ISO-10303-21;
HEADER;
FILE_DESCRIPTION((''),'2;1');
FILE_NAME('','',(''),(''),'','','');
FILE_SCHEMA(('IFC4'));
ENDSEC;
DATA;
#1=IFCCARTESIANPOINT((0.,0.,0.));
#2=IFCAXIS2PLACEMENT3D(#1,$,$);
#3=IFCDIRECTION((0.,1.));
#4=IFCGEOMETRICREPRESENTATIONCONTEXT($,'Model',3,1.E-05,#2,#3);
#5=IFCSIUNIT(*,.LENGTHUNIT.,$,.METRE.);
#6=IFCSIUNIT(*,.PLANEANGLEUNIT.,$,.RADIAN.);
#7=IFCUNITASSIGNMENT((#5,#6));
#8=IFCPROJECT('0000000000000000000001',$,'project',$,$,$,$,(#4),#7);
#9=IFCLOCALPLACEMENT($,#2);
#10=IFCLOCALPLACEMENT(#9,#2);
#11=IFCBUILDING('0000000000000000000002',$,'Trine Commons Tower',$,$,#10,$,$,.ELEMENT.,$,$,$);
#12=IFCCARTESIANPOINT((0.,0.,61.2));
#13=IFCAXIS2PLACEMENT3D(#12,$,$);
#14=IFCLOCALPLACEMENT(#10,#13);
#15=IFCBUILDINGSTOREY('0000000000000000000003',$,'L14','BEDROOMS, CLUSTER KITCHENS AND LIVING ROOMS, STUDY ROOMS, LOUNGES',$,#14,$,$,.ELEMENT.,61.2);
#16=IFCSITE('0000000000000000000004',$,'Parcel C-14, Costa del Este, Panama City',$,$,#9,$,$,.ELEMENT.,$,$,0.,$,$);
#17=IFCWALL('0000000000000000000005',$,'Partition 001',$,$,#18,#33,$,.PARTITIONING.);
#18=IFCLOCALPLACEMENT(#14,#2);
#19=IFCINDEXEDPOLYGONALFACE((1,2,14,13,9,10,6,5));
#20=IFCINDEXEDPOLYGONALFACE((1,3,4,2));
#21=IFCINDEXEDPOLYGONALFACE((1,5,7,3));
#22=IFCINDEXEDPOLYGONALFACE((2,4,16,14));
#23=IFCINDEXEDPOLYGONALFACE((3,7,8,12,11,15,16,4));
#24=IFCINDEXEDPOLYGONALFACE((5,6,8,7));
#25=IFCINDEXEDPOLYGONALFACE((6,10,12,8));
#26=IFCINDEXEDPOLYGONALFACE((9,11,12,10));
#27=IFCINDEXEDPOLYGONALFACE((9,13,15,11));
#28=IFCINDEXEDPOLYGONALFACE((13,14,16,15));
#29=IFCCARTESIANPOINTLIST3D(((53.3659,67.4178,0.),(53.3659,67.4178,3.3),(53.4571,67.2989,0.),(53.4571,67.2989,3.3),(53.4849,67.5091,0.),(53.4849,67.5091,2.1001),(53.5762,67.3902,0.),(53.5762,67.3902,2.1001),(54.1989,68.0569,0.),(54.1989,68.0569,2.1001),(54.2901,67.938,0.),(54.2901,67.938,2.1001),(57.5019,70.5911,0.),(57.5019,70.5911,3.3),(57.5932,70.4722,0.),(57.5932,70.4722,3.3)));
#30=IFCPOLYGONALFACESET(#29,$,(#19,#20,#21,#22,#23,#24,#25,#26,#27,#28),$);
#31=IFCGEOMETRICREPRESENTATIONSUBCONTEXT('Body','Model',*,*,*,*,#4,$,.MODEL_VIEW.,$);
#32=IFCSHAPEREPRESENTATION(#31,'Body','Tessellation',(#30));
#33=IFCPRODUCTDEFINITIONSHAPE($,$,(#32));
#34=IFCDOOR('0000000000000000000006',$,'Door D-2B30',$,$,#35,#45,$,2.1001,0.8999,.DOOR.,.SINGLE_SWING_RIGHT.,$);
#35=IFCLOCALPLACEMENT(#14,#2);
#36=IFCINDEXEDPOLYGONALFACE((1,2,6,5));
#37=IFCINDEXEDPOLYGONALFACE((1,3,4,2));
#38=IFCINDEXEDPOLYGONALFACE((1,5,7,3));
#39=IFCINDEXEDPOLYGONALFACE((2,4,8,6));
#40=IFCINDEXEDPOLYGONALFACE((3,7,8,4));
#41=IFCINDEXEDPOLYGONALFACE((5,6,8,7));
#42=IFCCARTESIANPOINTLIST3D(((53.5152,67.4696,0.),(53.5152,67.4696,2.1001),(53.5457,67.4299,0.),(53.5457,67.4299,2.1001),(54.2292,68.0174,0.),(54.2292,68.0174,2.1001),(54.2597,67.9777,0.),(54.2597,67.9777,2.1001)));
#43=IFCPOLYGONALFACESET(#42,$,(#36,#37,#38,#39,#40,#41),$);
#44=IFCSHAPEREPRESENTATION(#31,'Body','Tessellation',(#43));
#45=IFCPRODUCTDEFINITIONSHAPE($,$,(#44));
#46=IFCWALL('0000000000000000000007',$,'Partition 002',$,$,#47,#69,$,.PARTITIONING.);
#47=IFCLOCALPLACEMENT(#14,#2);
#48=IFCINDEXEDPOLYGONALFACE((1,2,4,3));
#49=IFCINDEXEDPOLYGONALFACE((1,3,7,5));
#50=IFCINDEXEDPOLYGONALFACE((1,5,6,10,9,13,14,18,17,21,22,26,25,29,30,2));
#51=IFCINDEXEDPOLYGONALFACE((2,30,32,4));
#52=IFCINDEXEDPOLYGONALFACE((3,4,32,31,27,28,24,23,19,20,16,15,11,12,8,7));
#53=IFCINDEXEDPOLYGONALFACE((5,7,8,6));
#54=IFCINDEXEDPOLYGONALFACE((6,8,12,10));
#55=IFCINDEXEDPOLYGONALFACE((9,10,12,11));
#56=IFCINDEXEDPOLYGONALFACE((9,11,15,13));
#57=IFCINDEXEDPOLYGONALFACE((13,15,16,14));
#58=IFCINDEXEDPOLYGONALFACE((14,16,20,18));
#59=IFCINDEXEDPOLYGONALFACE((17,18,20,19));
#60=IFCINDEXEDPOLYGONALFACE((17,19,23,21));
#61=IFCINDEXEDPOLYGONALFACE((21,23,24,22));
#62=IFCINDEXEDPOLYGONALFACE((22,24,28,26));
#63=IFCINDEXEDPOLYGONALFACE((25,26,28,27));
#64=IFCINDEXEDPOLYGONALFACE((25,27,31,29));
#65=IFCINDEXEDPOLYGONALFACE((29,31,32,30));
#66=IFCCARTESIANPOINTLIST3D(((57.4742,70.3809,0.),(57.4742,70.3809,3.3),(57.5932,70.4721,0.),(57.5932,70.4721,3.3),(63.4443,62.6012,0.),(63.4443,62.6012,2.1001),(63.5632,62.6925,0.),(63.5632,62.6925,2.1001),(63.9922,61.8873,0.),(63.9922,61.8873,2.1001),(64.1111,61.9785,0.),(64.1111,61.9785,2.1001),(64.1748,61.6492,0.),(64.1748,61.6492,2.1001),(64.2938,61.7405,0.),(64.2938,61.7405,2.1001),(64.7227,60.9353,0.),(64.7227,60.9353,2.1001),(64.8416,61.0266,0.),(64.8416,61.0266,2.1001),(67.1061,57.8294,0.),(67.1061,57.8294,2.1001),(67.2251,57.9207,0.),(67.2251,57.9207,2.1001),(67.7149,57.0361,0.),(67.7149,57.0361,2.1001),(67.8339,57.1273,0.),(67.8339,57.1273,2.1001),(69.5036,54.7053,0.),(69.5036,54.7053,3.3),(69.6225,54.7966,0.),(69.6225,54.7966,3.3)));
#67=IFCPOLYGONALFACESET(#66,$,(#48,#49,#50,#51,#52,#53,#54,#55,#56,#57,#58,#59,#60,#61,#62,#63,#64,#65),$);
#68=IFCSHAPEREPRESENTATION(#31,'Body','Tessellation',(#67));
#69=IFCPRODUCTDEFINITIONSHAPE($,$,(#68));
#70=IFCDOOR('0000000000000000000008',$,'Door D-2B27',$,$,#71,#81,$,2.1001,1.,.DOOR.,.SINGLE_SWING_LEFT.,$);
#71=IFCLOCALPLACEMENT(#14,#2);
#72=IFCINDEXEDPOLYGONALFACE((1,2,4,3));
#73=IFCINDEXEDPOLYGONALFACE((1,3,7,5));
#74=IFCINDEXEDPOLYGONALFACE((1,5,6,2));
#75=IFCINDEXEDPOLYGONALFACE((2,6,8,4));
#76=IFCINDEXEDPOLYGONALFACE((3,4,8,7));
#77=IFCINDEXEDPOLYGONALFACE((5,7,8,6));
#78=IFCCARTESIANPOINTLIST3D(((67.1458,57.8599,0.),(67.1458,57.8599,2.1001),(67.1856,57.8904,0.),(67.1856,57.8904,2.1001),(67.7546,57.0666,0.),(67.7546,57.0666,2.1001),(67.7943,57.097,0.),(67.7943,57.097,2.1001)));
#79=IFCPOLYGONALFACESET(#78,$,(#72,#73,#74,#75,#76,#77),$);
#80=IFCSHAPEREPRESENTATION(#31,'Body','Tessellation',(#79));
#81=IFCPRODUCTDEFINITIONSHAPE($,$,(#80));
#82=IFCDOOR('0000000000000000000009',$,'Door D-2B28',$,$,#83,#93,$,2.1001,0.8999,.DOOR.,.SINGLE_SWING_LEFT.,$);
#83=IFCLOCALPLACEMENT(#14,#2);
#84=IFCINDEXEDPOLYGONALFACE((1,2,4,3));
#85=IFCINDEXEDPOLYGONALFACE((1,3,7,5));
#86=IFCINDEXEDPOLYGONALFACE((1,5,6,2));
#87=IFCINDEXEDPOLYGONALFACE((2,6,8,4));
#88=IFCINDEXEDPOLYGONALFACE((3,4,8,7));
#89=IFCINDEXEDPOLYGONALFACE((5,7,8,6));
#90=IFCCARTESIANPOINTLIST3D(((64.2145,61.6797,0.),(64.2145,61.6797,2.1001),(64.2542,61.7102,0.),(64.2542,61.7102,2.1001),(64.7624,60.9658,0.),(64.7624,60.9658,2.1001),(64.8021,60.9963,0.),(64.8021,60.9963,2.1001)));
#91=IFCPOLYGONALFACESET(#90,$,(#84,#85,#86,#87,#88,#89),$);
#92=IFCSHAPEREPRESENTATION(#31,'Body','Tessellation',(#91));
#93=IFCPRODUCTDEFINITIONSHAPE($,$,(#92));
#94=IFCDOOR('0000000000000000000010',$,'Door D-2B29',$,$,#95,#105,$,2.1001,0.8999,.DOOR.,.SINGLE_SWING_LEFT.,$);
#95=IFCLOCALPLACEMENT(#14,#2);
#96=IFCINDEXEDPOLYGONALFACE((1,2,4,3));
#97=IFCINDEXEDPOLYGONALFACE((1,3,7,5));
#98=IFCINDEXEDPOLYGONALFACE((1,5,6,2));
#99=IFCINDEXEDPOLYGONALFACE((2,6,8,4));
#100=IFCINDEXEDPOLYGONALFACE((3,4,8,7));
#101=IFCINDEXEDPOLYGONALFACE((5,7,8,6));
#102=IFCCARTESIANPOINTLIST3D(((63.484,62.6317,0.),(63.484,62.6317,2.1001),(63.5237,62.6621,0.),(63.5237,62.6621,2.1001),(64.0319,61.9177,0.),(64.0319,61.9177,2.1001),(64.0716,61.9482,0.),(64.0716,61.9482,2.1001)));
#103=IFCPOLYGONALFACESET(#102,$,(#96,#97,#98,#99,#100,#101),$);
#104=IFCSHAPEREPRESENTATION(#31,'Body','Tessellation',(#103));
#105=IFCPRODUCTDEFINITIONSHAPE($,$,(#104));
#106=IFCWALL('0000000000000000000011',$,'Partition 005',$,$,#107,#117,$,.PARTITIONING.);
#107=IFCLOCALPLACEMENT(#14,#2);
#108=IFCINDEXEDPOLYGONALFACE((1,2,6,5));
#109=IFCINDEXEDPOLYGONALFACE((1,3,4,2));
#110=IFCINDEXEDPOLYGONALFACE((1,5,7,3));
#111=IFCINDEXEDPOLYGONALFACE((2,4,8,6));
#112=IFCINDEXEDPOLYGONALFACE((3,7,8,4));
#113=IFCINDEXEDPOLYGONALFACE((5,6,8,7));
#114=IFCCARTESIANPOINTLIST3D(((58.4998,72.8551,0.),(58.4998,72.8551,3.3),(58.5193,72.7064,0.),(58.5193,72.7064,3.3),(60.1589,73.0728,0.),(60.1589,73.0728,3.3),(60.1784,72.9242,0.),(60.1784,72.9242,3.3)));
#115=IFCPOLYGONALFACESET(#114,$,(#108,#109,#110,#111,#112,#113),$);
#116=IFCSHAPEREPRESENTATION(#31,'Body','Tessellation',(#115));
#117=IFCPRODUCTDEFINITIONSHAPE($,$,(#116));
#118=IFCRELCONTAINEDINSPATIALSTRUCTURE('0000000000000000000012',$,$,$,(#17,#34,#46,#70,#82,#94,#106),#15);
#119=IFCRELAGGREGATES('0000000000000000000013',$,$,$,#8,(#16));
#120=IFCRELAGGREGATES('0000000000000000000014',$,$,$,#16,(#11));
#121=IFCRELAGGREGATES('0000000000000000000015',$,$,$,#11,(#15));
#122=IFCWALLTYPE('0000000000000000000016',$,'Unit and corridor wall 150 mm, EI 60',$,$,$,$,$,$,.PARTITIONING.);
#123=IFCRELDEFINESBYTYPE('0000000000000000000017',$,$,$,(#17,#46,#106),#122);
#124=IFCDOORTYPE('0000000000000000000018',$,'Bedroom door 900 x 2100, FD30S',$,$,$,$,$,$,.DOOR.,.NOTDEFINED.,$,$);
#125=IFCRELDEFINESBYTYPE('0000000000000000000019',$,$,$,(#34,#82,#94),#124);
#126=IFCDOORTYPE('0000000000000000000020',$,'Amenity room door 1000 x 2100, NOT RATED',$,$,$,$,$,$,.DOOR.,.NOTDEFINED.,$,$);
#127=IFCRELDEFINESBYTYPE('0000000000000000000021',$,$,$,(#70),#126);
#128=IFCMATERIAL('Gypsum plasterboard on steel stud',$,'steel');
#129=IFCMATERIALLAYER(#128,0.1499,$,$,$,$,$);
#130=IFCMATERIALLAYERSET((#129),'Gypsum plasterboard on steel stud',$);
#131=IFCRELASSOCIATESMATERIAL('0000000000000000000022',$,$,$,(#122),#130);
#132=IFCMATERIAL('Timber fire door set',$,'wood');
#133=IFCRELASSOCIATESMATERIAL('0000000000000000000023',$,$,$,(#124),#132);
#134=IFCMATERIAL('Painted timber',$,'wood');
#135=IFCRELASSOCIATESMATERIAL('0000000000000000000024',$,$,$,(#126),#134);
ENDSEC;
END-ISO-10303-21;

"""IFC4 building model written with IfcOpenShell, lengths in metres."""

from ifc_helpers import new_model, si_unit, direction, frame, frame_2d, origin, place, context, subcontext, project, spatial, rectangle, extrude, material, layer, layer_set, type_object, element, fill, save


model = new_model("IFC4")

# Units and contexts
model_context = context("Model", 3, precision=1e-05, world=origin(), true_north=direction((0.0, 1.0)))
body_context = subcontext(model_context, "Body", "Model", "MODEL_VIEW")
ifc_project = project(units=[si_unit("LENGTHUNIT", "METRE"), si_unit("PLANEANGLEUNIT", "RADIAN")], contexts=[model_context])

# Site, building, storey
site_placement = place(None, origin())
site = spatial("IfcSite", under=ifc_project, at=site_placement, Name="Parcel C-14, Costa del Este, Panama City", CompositionType="ELEMENT", RefElevation=0.0)
building_placement = place(site_placement, origin())
building = spatial("IfcBuilding", under=site, at=building_placement, Name="Trine Commons Tower", CompositionType="ELEMENT")
storey_placement = place(building_placement, frame((0.0, 0.0, 61.2)))
storey = spatial("IfcBuildingStorey", under=building, at=storey_placement, Name="L14", Description="BEDROOMS, CLUSTER KITCHENS AND LIVING ROOMS, STUDY ROOMS, LOUNGES", CompositionType="ELEMENT", Elevation=61.2)

# Wall, opening, door
ifc_material_1 = material(Name="Gypsum plasterboard on steel stud", Category="steel")
ifc_layer_1 = layer(ifc_material_1, 0.1499)
ifc_layer_set_1 = layer_set([ifc_layer_1], Name="Gypsum plasterboard on steel stud")
wall_type_1 = type_object("IfcWallType", Name="Unit and corridor wall 150 mm, EI 60", PredefinedType="PARTITIONING", material=ifc_layer_set_1)
wall_1_placement = place(storey_placement, frame((53.4116, 67.3584, 0.0), z_axis=(0.0, 0.0, 1.0), x_axis=(0.793382, 0.608724, 0.0)))
wall_1 = element("IfcWall", 1, at=wall_1_placement, inside=storey, type_object=wall_type_1, Name="Partition 001", PredefinedType="PARTITIONING", context=body_context, shape_type="SweptSolid", body=[
    extrude(rectangle(XDim=5.2131, YDim=0.1499, at=frame_2d((2.6064, 0.0))), origin(), (0.0, 0.0, 1.0), 3.3),
])
opening_1_placement = place(wall_1_placement, frame((0.1499, 0.0, 0.0)))
opening_1 = element("IfcOpeningElement", 2, at=opening_1_placement, cuts=wall_1, PredefinedType="OPENING", context=body_context, shape_type="SweptSolid", body=[
    extrude(rectangle(XDim=0.8999, YDim=2.1001, at=frame_2d((0.45, 1.05))), frame((0.0, 0.085, 0.0), z_axis=(0.0, -1.0, 0.0), x_axis=(1.0, 0.0, 0.0)), (0.0, 0.0, 1.0), 0.1699),
])
ifc_material_2 = material(Name="Timber fire door set", Category="wood")
door_type_1 = type_object("IfcDoorType", Name="Bedroom door 900 x 2100, FD30S", OperationType="NOTDEFINED", PredefinedType="DOOR", material=ifc_material_2)
door_1_placement = place(opening_1_placement, frame((0.8999, 0.0, 0.0), z_axis=(0.0, 0.0, 1.0), x_axis=(-1.0, 0.0, 0.0)))
door_1 = element("IfcDoor", 3, at=door_1_placement, inside=storey, type_object=door_type_1, Name="Door D-2B30", OperationType="SINGLE_SWING_RIGHT", OverallHeight=2.1001, OverallWidth=0.8999, PredefinedType="DOOR", context=body_context, shape_type="SweptSolid", body=[
    extrude(rectangle(XDim=0.8999, YDim=2.1001, at=frame_2d((0.45, 1.05))), frame((0.0, 0.0249, 0.0), z_axis=(0.0, -1.0, 0.0), x_axis=(1.0, 0.0, 0.0)), (0.0, 0.0, 1.0), 0.05),
])
fill(opening_1, door_1)

# Wall, openings, doors
wall_2_placement = place(storey_placement, frame((57.5337, 70.4265, 0.0), z_axis=(0.0, 0.0, 1.0), x_axis=(0.608794, -0.793328, 0.0)))
wall_2 = element("IfcWall", 4, at=wall_2_placement, inside=storey, type_object=wall_type_1, Name="Partition 002", PredefinedType="PARTITIONING", context=body_context, shape_type="SweptSolid", body=[
    extrude(rectangle(XDim=19.7593, YDim=0.1499, at=frame_2d((9.8796, 0.0))), origin(), (0.0, 0.0, 1.0), 3.3),
])
opening_2_placement = place(wall_2_placement, frame((15.8213, 0.0, 0.0)))
opening_2 = element("IfcOpeningElement", 5, at=opening_2_placement, cuts=wall_2, PredefinedType="OPENING", context=body_context, shape_type="SweptSolid", body=[
    extrude(rectangle(XDim=1.0, YDim=2.1001, at=frame_2d((0.5, 1.05))), frame((0.0, 0.085, 0.0), z_axis=(0.0, -1.0, 0.0), x_axis=(1.0, 0.0, 0.0)), (0.0, 0.0, 1.0), 0.1699),
])
opening_3_placement = place(wall_2_placement, frame((11.0063, 0.0, 0.0)))
opening_3 = element("IfcOpeningElement", 6, at=opening_3_placement, cuts=wall_2, PredefinedType="OPENING", context=body_context, shape_type="SweptSolid", body=[
    extrude(rectangle(XDim=0.8999, YDim=2.1001, at=frame_2d((0.45, 1.05))), frame((0.0, 0.085, 0.0), z_axis=(0.0, -1.0, 0.0), x_axis=(1.0, 0.0, 0.0)), (0.0, 0.0, 1.0), 0.1699),
])
opening_4_placement = place(wall_2_placement, frame((9.8064, 0.0, 0.0)))
opening_4 = element("IfcOpeningElement", 7, at=opening_4_placement, cuts=wall_2, PredefinedType="OPENING", context=body_context, shape_type="SweptSolid", body=[
    extrude(rectangle(XDim=0.8999, YDim=2.1001, at=frame_2d((0.45, 1.05))), frame((0.0, 0.085, 0.0), z_axis=(0.0, -1.0, 0.0), x_axis=(1.0, 0.0, 0.0)), (0.0, 0.0, 1.0), 0.1699),
])
ifc_material_3 = material(Name="Painted timber", Category="wood")
door_type_2 = type_object("IfcDoorType", Name="Amenity room door 1000 x 2100, NOT RATED", OperationType="NOTDEFINED", PredefinedType="DOOR", material=ifc_material_3)
door_2_placement = place(opening_2_placement, frame((1.0, 0.0, 0.0), z_axis=(0.0, 0.0, 1.0), x_axis=(-1.0, 0.0, 0.0)))
door_2 = element("IfcDoor", 8, at=door_2_placement, inside=storey, type_object=door_type_2, Name="Door D-2B27", OperationType="SINGLE_SWING_LEFT", OverallHeight=2.1001, OverallWidth=1.0, PredefinedType="DOOR", context=body_context, shape_type="SweptSolid", body=[
    extrude(rectangle(XDim=1.0, YDim=2.1001, at=frame_2d((0.5, 1.05))), frame((0.0, 0.0249, 0.0), z_axis=(0.0, -1.0, 0.0), x_axis=(1.0, 0.0, 0.0)), (0.0, 0.0, 1.0), 0.05),
])
fill(opening_2, door_2)
door_3_placement = place(opening_3_placement, frame((0.8999, 0.0, 0.0), z_axis=(0.0, 0.0, 1.0), x_axis=(-1.0, 0.0, 0.0)))
door_3 = element("IfcDoor", 9, at=door_3_placement, inside=storey, type_object=door_type_1, Name="Door D-2B28", OperationType="SINGLE_SWING_LEFT", OverallHeight=2.1001, OverallWidth=0.8999, PredefinedType="DOOR", context=body_context, shape_type="SweptSolid", body=[
    extrude(rectangle(XDim=0.8999, YDim=2.1001, at=frame_2d((0.45, 1.05))), frame((0.0, 0.0249, 0.0), z_axis=(0.0, -1.0, 0.0), x_axis=(1.0, 0.0, 0.0)), (0.0, 0.0, 1.0), 0.05),
])
fill(opening_3, door_3)
door_4_placement = place(opening_4_placement, frame((0.8999, 0.0, 0.0), z_axis=(0.0, 0.0, 1.0), x_axis=(-1.0, 0.0, 0.0)))
door_4 = element("IfcDoor", 10, at=door_4_placement, inside=storey, type_object=door_type_1, Name="Door D-2B29", OperationType="SINGLE_SWING_LEFT", OverallHeight=2.1001, OverallWidth=0.8999, PredefinedType="DOOR", context=body_context, shape_type="SweptSolid", body=[
    extrude(rectangle(XDim=0.8999, YDim=2.1001, at=frame_2d((0.45, 1.05))), frame((0.0, 0.0249, 0.0), z_axis=(0.0, -1.0, 0.0), x_axis=(1.0, 0.0, 0.0)), (0.0, 0.0, 1.0), 0.05),
])
fill(opening_4, door_4)

# Wall
wall_3_placement = place(storey_placement, frame((58.5095, 72.7808, 0.0), z_axis=(0.0, 0.0, 1.0), x_axis=(0.991496, 0.130137, 0.0)))
element("IfcWall", 11, at=wall_3_placement, inside=storey, type_object=wall_type_1, Name="Partition 005", PredefinedType="PARTITIONING", context=body_context, shape_type="SweptSolid", body=[
    extrude(rectangle(XDim=1.6733, YDim=0.1499, at=frame_2d((0.8367, 0.0))), origin(), (0.0, 0.0, 1.0), 3.3),
])

save(model, "model.ifc")
